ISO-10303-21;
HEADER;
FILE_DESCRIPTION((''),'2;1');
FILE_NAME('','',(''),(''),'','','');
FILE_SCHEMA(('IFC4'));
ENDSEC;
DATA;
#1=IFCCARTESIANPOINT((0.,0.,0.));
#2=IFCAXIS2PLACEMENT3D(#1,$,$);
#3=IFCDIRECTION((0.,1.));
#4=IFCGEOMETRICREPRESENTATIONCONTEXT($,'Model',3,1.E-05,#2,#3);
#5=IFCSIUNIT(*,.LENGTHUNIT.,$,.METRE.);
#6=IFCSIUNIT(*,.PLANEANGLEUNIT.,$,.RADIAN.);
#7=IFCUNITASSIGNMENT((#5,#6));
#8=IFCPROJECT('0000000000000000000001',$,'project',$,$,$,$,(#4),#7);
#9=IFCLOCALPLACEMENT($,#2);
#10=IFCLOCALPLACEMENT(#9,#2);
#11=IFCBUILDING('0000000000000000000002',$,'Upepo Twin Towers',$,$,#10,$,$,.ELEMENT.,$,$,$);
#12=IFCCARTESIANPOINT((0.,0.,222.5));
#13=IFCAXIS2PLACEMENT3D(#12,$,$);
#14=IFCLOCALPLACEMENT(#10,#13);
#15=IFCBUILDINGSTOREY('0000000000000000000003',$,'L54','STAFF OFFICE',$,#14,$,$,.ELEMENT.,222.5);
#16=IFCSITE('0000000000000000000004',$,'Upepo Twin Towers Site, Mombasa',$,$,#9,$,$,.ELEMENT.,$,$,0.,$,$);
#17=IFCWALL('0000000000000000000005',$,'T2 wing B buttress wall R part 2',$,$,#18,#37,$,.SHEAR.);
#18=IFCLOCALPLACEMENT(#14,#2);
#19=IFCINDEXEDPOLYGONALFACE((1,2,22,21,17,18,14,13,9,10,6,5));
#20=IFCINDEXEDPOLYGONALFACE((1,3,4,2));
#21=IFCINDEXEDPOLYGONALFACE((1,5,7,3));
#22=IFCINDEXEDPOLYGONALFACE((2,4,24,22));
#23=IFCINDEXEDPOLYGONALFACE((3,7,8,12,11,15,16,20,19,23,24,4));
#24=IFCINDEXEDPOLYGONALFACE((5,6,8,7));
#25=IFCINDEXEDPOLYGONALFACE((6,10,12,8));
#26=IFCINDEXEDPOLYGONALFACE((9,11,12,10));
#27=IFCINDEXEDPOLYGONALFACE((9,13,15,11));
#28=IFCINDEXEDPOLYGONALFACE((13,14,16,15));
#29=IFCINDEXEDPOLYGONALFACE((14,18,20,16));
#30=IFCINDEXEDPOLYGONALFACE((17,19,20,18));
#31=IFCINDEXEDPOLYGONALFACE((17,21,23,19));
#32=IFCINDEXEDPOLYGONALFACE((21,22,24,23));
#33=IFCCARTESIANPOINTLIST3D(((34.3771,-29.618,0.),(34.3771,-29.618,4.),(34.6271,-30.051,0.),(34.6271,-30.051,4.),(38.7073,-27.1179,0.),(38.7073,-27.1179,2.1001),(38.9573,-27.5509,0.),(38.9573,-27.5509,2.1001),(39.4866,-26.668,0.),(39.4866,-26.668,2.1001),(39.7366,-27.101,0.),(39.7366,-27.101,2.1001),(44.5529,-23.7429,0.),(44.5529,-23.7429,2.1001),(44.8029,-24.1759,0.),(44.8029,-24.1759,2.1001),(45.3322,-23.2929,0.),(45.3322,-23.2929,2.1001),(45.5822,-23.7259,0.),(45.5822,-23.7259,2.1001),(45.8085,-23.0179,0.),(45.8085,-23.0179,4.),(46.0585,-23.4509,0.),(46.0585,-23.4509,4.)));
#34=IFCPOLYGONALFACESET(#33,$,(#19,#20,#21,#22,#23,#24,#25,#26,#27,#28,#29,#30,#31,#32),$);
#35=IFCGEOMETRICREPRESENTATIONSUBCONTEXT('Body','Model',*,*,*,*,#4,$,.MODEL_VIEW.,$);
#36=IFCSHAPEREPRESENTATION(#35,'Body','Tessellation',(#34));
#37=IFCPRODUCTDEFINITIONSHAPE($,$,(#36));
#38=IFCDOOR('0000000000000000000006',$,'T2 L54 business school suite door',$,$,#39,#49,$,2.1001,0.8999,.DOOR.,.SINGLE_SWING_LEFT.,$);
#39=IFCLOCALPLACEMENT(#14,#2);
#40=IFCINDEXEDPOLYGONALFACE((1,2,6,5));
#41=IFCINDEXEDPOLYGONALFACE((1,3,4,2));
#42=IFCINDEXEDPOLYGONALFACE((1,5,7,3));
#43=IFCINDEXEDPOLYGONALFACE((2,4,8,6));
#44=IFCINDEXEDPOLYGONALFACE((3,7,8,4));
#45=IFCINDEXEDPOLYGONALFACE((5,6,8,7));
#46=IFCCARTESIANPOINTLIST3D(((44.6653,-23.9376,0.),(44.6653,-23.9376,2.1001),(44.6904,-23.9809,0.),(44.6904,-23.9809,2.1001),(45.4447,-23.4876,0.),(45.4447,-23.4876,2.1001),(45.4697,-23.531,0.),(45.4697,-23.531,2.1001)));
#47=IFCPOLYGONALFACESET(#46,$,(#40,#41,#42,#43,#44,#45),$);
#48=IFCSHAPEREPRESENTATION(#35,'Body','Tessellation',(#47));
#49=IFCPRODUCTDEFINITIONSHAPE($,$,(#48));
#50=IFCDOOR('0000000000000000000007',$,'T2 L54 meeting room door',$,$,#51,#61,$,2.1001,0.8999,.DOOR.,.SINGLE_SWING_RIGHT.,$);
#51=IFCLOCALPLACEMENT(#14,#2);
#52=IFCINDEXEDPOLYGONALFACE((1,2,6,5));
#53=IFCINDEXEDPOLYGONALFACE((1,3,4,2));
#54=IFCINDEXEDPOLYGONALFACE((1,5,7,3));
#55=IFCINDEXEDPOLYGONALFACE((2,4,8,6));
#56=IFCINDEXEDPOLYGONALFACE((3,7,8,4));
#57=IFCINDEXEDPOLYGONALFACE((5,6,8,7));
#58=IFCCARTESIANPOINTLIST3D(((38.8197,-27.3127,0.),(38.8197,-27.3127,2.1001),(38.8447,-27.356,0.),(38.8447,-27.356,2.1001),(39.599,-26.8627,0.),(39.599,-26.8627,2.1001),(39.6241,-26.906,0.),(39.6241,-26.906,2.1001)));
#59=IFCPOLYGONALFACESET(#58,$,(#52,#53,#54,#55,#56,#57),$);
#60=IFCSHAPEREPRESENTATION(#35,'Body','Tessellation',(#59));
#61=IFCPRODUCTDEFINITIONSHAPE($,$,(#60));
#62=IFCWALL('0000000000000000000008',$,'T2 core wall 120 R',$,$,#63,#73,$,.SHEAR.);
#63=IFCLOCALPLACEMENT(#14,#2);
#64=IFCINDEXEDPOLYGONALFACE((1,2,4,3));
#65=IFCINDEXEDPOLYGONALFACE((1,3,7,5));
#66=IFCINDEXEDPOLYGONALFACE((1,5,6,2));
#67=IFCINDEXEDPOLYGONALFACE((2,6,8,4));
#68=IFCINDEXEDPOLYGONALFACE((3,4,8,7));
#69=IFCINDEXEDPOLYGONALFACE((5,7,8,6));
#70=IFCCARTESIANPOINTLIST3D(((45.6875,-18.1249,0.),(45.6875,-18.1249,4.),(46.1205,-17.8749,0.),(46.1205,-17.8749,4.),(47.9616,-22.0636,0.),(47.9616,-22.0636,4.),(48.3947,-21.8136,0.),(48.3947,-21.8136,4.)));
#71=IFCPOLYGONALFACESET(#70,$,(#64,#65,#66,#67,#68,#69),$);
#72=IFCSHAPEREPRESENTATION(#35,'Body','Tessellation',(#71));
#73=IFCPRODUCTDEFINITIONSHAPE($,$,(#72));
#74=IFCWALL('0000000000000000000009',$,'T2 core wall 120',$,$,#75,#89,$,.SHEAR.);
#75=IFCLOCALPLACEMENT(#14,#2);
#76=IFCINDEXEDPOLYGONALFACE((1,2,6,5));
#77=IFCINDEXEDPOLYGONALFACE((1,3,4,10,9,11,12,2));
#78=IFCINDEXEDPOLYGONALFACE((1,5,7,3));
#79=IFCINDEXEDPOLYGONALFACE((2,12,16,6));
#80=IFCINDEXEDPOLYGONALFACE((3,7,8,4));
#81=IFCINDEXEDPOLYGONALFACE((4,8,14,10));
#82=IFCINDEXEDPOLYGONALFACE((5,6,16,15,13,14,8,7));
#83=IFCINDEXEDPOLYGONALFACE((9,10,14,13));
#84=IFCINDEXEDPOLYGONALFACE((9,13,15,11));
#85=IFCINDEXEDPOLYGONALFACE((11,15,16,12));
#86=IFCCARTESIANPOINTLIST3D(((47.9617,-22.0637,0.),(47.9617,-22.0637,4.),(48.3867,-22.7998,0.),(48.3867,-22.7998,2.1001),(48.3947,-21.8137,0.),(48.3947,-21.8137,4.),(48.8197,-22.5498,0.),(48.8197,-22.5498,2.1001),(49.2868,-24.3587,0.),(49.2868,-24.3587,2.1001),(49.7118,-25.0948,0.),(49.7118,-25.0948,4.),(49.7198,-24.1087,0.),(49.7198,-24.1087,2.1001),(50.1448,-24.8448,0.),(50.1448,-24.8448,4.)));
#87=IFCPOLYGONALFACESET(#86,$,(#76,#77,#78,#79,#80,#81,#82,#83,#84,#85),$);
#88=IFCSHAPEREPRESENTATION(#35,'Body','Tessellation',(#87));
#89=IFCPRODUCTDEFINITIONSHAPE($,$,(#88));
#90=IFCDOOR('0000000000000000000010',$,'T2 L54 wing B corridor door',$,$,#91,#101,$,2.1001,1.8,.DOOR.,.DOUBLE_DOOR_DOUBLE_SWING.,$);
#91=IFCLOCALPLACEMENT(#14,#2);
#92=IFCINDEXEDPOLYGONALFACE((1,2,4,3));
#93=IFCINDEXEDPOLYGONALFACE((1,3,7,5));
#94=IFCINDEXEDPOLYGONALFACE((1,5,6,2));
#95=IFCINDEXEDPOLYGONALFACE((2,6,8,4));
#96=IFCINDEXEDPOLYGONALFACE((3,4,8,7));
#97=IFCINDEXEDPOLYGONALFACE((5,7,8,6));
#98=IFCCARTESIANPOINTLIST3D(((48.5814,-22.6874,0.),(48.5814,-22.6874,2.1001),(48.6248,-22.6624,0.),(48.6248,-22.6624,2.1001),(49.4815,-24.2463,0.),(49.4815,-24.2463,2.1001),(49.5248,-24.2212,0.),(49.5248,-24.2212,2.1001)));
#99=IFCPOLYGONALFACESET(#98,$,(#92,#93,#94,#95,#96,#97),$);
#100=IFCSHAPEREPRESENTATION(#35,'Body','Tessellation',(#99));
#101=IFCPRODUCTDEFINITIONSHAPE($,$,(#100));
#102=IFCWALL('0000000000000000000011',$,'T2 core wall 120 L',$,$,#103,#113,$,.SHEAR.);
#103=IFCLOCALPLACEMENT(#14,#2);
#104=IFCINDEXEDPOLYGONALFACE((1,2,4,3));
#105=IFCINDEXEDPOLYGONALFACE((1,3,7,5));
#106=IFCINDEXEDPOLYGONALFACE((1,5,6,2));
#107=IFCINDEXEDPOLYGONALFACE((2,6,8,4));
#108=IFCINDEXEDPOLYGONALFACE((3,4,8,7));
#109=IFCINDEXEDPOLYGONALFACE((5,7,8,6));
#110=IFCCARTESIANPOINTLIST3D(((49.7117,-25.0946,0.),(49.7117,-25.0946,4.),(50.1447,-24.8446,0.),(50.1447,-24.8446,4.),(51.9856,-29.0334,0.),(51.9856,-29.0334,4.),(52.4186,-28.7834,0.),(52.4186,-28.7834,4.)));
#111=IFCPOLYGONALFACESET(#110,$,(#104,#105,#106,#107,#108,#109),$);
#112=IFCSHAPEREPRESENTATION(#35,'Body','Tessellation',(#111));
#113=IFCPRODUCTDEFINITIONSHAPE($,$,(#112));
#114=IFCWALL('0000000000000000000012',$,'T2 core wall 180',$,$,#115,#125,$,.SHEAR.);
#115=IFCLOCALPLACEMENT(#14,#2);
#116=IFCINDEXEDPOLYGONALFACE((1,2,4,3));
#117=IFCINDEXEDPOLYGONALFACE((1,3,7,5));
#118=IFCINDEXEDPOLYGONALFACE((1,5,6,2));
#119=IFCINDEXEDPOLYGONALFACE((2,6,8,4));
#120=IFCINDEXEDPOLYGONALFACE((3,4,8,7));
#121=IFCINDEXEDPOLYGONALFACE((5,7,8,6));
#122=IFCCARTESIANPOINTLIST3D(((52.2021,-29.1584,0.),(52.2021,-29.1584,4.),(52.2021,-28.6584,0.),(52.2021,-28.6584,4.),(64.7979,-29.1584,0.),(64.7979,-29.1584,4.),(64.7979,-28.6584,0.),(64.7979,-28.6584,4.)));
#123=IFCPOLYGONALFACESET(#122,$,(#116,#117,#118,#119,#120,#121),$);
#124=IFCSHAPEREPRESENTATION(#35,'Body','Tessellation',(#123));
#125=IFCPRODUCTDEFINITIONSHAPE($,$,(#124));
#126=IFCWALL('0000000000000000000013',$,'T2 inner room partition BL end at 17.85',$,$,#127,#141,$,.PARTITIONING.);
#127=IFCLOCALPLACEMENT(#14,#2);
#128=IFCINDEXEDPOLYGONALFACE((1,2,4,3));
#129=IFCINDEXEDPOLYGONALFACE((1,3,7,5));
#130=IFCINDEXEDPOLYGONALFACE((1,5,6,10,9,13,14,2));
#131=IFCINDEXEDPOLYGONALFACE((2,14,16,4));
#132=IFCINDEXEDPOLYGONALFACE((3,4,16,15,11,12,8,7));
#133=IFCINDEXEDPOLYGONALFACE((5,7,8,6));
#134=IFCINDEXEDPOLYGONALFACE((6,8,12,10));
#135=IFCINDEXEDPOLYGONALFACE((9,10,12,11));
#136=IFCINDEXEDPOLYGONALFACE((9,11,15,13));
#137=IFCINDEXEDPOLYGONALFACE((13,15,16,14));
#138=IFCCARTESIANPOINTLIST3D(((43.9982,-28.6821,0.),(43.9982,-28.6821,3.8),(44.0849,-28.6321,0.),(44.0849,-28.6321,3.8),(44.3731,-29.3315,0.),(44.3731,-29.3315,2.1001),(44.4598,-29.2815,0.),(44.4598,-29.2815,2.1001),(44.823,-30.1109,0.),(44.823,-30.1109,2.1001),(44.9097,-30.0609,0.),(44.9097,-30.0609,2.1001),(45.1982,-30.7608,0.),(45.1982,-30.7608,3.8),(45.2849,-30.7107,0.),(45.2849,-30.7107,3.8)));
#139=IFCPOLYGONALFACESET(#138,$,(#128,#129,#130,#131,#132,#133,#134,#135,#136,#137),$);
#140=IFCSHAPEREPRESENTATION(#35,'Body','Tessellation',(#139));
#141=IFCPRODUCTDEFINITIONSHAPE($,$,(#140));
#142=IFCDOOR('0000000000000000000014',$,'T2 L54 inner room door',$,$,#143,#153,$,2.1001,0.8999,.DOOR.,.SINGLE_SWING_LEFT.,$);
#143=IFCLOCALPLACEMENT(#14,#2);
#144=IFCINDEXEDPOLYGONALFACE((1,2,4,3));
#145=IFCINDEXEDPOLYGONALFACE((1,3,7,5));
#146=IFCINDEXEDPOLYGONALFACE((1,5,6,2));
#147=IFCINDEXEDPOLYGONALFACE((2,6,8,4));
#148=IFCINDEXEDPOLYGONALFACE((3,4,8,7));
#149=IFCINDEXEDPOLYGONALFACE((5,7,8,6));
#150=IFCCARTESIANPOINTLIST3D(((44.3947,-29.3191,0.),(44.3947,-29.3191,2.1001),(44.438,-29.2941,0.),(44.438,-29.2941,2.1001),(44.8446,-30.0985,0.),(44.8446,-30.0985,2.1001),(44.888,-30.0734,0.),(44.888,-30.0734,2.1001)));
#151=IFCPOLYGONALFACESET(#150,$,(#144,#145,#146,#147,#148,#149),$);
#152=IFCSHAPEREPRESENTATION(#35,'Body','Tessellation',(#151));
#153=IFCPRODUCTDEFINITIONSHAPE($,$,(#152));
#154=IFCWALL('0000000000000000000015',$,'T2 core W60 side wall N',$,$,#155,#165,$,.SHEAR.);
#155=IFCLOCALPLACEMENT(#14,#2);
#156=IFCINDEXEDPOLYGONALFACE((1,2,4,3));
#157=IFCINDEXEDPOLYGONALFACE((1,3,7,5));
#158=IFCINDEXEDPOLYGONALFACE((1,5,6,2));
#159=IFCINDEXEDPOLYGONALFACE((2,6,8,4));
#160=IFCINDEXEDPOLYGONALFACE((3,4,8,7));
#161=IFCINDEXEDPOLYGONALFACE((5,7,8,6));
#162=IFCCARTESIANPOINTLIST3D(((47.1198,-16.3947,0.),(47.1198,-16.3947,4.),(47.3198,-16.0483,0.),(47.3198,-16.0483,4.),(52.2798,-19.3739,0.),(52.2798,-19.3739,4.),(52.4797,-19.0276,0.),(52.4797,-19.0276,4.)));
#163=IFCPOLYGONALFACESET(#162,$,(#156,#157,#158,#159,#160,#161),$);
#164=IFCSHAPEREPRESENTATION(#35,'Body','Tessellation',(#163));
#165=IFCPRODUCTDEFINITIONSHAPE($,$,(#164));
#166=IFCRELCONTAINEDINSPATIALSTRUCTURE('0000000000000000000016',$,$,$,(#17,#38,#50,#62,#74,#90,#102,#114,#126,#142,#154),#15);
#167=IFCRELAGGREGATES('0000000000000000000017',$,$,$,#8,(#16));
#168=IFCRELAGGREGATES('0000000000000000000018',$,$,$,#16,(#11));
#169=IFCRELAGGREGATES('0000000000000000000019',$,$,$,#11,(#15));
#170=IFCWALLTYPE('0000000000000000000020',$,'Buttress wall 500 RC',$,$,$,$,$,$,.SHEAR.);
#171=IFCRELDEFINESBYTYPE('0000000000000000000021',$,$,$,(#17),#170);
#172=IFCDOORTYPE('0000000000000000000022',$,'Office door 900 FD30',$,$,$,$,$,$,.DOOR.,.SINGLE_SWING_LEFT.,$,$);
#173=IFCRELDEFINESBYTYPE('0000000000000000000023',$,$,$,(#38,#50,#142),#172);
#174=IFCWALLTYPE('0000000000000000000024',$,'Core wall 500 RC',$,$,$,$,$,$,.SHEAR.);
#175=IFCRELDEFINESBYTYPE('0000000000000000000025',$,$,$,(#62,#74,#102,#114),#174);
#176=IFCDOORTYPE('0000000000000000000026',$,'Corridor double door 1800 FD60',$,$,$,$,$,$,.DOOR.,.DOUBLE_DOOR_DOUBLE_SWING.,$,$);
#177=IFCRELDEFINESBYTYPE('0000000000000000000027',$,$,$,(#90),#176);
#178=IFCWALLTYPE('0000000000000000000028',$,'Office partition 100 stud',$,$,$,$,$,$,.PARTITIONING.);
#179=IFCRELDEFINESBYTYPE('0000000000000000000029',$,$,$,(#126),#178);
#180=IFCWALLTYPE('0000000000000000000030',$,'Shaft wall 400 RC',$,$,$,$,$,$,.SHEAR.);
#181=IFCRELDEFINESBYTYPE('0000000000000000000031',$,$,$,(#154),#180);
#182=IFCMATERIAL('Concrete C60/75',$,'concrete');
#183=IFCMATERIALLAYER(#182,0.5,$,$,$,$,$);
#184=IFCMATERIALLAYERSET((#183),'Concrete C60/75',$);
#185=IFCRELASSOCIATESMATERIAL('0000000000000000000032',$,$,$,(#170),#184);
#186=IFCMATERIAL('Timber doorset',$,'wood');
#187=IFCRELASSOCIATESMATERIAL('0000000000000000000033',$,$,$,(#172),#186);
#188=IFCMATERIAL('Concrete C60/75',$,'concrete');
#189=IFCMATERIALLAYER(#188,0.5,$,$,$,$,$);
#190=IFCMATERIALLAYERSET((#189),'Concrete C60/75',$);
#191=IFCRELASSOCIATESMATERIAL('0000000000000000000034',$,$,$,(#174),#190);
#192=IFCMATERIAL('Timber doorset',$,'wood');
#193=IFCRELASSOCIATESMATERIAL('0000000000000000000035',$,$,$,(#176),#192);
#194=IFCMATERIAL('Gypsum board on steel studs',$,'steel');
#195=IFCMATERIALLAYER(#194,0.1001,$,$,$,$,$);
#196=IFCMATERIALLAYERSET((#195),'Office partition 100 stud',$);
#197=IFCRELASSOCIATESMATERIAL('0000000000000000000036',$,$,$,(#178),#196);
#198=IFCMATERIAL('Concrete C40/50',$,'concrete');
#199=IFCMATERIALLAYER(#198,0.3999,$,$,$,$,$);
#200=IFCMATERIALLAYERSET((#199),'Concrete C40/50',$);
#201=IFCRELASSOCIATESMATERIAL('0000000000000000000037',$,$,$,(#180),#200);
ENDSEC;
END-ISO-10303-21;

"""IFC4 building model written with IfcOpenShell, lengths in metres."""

from ifc_helpers import new_model, si_unit, direction, frame, frame_2d, origin, place, context, subcontext, project, spatial, rectangle, extrude, material, layer, layer_set, type_object, element, fill, save


model = new_model("IFC4")

# Units and contexts
model_context = context("Model", 3, precision=1e-05, world=origin(), true_north=direction((0.0, 1.0)))
body_context = subcontext(model_context, "Body", "Model", "MODEL_VIEW")
ifc_project = project(units=[si_unit("LENGTHUNIT", "METRE"), si_unit("PLANEANGLEUNIT", "RADIAN")], contexts=[model_context])

# Site, building, storey
site_placement = place(None, origin())
site = spatial("IfcSite", under=ifc_project, at=site_placement, Name="Upepo Twin Towers Site, Mombasa", CompositionType="ELEMENT", RefElevation=0.0)
building_placement = place(site_placement, origin())
building = spatial("IfcBuilding", under=site, at=building_placement, Name="Upepo Twin Towers", CompositionType="ELEMENT")
storey_placement = place(building_placement, frame((0.0, 0.0, 222.5)))
storey = spatial("IfcBuildingStorey", under=building, at=storey_placement, Name="L54", Description="STAFF OFFICE", CompositionType="ELEMENT", Elevation=222.5)

# Wall, openings, doors
ifc_material_1 = material(Name="Concrete C60/75", Category="concrete")
ifc_layer_1 = layer(ifc_material_1, 0.5)
ifc_layer_set_1 = layer_set([ifc_layer_1], Name="Concrete C60/75")
wall_type_1 = type_object("IfcWallType", Name="Buttress wall 500 RC", PredefinedType="SHEAR", material=ifc_layer_set_1)
ifc_material_2 = material(Name="Timber doorset", Category="wood")
door_type_1 = type_object("IfcDoorType", Name="Office door 900 FD30", OperationType="SINGLE_SWING_LEFT", PredefinedType="DOOR", material=ifc_material_2)
wall_1_placement = place(storey_placement, frame((45.9336, -23.2344, 0.0), z_axis=(0.0, 0.0, 1.0), x_axis=(-0.86602, -0.50001, 0.0)))
wall_1 = element("IfcWall", 1, at=wall_1_placement, inside=storey, type_object=wall_type_1, Name="T2 wing B buttress wall R part 2", PredefinedType="SHEAR", context=body_context, shape_type="SweptSolid", body=[
    extrude(rectangle(XDim=13.2, YDim=0.5, at=frame_2d((6.6001, 0.0))), origin(), (0.0, 0.0, 1.0), 4.0),
])
opening_1_placement = place(wall_1_placement, frame((0.55, 0.0, 0.0)))
opening_1 = element("IfcOpeningElement", 2, at=opening_1_placement, cuts=wall_1, PredefinedType="OPENING", context=body_context, shape_type="SweptSolid", body=[
    extrude(rectangle(XDim=0.8999, YDim=2.1001, at=frame_2d((0.45, 1.05))), frame((0.0, 0.26, 0.0), z_axis=(0.0, -1.0, 0.0), x_axis=(1.0, 0.0, 0.0)), (0.0, 0.0, 1.0), 0.52),
])
opening_2_placement = place(wall_1_placement, frame((7.3, 0.0, 0.0)))
opening_2 = element("IfcOpeningElement", 3, at=opening_2_placement, cuts=wall_1, PredefinedType="OPENING", context=body_context, shape_type="SweptSolid", body=[
    extrude(rectangle(XDim=0.8999, YDim=2.1001, at=frame_2d((0.45, 1.05))), frame((0.0, 0.26, 0.0), z_axis=(0.0, -1.0, 0.0), x_axis=(1.0, 0.0, 0.0)), (0.0, 0.0, 1.0), 0.52),
])
door_1_placement = place(opening_1_placement, origin())
door_1 = element("IfcDoor", 4, at=door_1_placement, inside=storey, type_object=door_type_1, Name="T2 L54 business school suite door", OperationType="SINGLE_SWING_LEFT", OverallHeight=2.1001, OverallWidth=0.8999, PredefinedType="DOOR", context=body_context, shape_type="SweptSolid", body=[
    extrude(rectangle(XDim=0.8999, YDim=2.1001, at=frame_2d((0.45, 1.05))), frame((0.0, 0.0249, 0.0), z_axis=(0.0, -1.0, 0.0), x_axis=(1.0, 0.0, 0.0)), (0.0, 0.0, 1.0), 0.05),
])
fill(opening_1, door_1)
door_2_placement = place(opening_2_placement, origin())
door_2 = element("IfcDoor", 5, at=door_2_placement, inside=storey, type_object=door_type_1, Name="T2 L54 meeting room door", OperationType="SINGLE_SWING_RIGHT", OverallHeight=2.1001, OverallWidth=0.8999, PredefinedType="DOOR", context=body_context, shape_type="SweptSolid", body=[
    extrude(rectangle(XDim=0.8999, YDim=2.1001, at=frame_2d((0.45, 1.05))), frame((0.0, 0.0249, 0.0), z_axis=(0.0, -1.0, 0.0), x_axis=(1.0, 0.0, 0.0)), (0.0, 0.0, 1.0), 0.05),
])
fill(opening_2, door_2)

# Wall
ifc_material_3 = material(Name="Concrete C60/75", Category="concrete")
ifc_layer_2 = layer(ifc_material_3, 0.5)
ifc_layer_set_2 = layer_set([ifc_layer_2], Name="Concrete C60/75")
wall_type_2 = type_object("IfcWallType", Name="Core wall 500 RC", PredefinedType="SHEAR", material=ifc_layer_set_2)
wall_2_placement = place(storey_placement, frame((45.9041, -18.0, 0.0), z_axis=(0.0, 0.0, 1.0), x_axis=(0.500024, -0.866011, 0.0)))
element("IfcWall", 6, at=wall_2_placement, inside=storey, type_object=wall_type_2, Name="T2 core wall 120 R", PredefinedType="SHEAR", context=body_context, shape_type="SweptSolid", body=[
    extrude(rectangle(XDim=4.5481, YDim=0.5, at=frame_2d((2.2739, 0.0))), origin(), (0.0, 0.0, 1.0), 4.0),
])

# Wall, opening, door
wall_3_placement = place(storey_placement, frame((48.1782, -21.9387, 0.0), z_axis=(0.0, 0.0, 1.0), x_axis=(0.50001, -0.866019, 0.0)))
wall_3 = element("IfcWall", 7, at=wall_3_placement, inside=storey, type_object=wall_type_2, Name="T2 core wall 120", PredefinedType="SHEAR", context=body_context, shape_type="SweptSolid", body=[
    extrude(rectangle(XDim=3.5, YDim=0.5, at=frame_2d((1.75, 0.0))), origin(), (0.0, 0.0, 1.0), 4.0),
])
opening_3_placement = place(wall_3_placement, frame((0.8501, 0.0, 0.0)))
opening_3 = element("IfcOpeningElement", 8, at=opening_3_placement, cuts=wall_3, PredefinedType="OPENING", context=body_context, shape_type="SweptSolid", body=[
    extrude(rectangle(XDim=1.8, YDim=2.1001, at=frame_2d((0.8999, 1.05))), frame((0.0, 0.26, 0.0), z_axis=(0.0, -1.0, 0.0), x_axis=(1.0, 0.0, 0.0)), (0.0, 0.0, 1.0), 0.52),
])
ifc_material_4 = material(Name="Timber doorset", Category="wood")
door_type_2 = type_object("IfcDoorType", Name="Corridor double door 1800 FD60", OperationType="DOUBLE_DOOR_DOUBLE_SWING", PredefinedType="DOOR", material=ifc_material_4)
door_3_placement = place(opening_3_placement, origin())
door_3 = element("IfcDoor", 9, at=door_3_placement, inside=storey, type_object=door_type_2, Name="T2 L54 wing B corridor door", OperationType="DOUBLE_DOOR_DOUBLE_SWING", OverallHeight=2.1001, OverallWidth=1.8, PredefinedType="DOOR", context=body_context, shape_type="SweptSolid", body=[
    extrude(rectangle(XDim=1.8, YDim=2.1001, at=frame_2d((0.8999, 1.05))), frame((0.0, 0.0249, 0.0), z_axis=(0.0, -1.0, 0.0), x_axis=(1.0, 0.0, 0.0)), (0.0, 0.0, 1.0), 0.05),
])
fill(opening_3, door_3)

# Walls
wall_4_placement = place(storey_placement, frame((49.9282, -24.9697, 0.0), z_axis=(0.0, 0.0, 1.0), x_axis=(0.499984, -0.866035, 0.0)))
element("IfcWall", 10, at=wall_4_placement, inside=storey, type_object=wall_type_2, Name="T2 core wall 120 L", PredefinedType="SHEAR", context=body_context, shape_type="SweptSolid", body=[
    extrude(rectangle(XDim=4.5481, YDim=0.5, at=frame_2d((2.2739, 0.0))), origin(), (0.0, 0.0, 1.0), 4.0),
])
wall_5_placement = place(storey_placement, frame((52.2021, -28.9084, 0.0), z_axis=(0.0, 0.0, 1.0), x_axis=(1.0, 0.0, 0.0)))
element("IfcWall", 11, at=wall_5_placement, inside=storey, type_object=wall_type_2, Name="T2 core wall 180", PredefinedType="SHEAR", context=body_context, shape_type="SweptSolid", body=[
    extrude(rectangle(XDim=12.5957, YDim=0.5, at=frame_2d((6.2979, 0.0))), origin(), (0.0, 0.0, 1.0), 4.0),
])

# Wall, opening, door
ifc_material_5 = material(Name="Gypsum board on steel studs", Category="steel")
ifc_layer_3 = layer(ifc_material_5, 0.1001)
ifc_layer_set_3 = layer_set([ifc_layer_3], Name="Office partition 100 stud")
wall_type_3 = type_object("IfcWallType", Name="Office partition 100 stud", PredefinedType="PARTITIONING", material=ifc_layer_set_3)
wall_6_placement = place(storey_placement, frame((44.0415, -28.657, 0.0), z_axis=(0.0, 0.0, 1.0), x_axis=(0.499957, -0.86605, 0.0)))
wall_6 = element("IfcWall", 12, at=wall_6_placement, inside=storey, type_object=wall_type_3, Name="T2 inner room partition BL end at 17.85", PredefinedType="PARTITIONING", context=body_context, shape_type="SweptSolid", body=[
    extrude(rectangle(XDim=2.4001, YDim=0.1001, at=frame_2d((1.2002, 0.0))), origin(), (0.0, 0.0, 1.0), 3.8),
])
opening_4_placement = place(wall_6_placement, frame((0.75, 0.0, 0.0)))
opening_4 = element("IfcOpeningElement", 13, at=opening_4_placement, cuts=wall_6, PredefinedType="OPENING", context=body_context, shape_type="SweptSolid", body=[
    extrude(rectangle(XDim=0.8999, YDim=2.1001, at=frame_2d((0.45, 1.05))), frame((0.0, 0.0601, 0.0), z_axis=(0.0, -1.0, 0.0), x_axis=(1.0, 0.0, 0.0)), (0.0, 0.0, 1.0), 0.1201),
])
door_4_placement = place(opening_4_placement, origin())
door_4 = element("IfcDoor", 14, at=door_4_placement, inside=storey, type_object=door_type_1, Name="T2 L54 inner room door", OperationType="SINGLE_SWING_LEFT", OverallHeight=2.1001, OverallWidth=0.8999, PredefinedType="DOOR", context=body_context, shape_type="SweptSolid", body=[
    extrude(rectangle(XDim=0.8999, YDim=2.1001, at=frame_2d((0.45, 1.05))), frame((0.0, 0.0249, 0.0), z_axis=(0.0, -1.0, 0.0), x_axis=(1.0, 0.0, 0.0)), (0.0, 0.0, 1.0), 0.05),
])
fill(opening_4, door_4)

# Wall
ifc_material_6 = material(Name="Concrete C40/50", Category="concrete")
ifc_layer_4 = layer(ifc_material_6, 0.3999)
ifc_layer_set_4 = layer_set([ifc_layer_4], Name="Concrete C40/50")
wall_type_4 = type_object("IfcWallType", Name="Shaft wall 400 RC", PredefinedType="SHEAR", material=ifc_layer_set_4)
wall_7_placement = place(storey_placement, frame((52.3796, -19.2007, 0.0), z_axis=(0.0, 0.0, 1.0), x_axis=(-0.866013, 0.500022, 0.0)))
element("IfcWall", 15, at=wall_7_placement, inside=storey, type_object=wall_type_4, Name="T2 core W60 side wall N", PredefinedType="SHEAR", context=body_context, shape_type="SweptSolid", body=[
    extrude(rectangle(XDim=5.9583, YDim=0.3999, at=frame_2d((2.979, 0.0))), origin(), (0.0, 0.0, 1.0), 4.0),
])

save(model, "model.ifc")
